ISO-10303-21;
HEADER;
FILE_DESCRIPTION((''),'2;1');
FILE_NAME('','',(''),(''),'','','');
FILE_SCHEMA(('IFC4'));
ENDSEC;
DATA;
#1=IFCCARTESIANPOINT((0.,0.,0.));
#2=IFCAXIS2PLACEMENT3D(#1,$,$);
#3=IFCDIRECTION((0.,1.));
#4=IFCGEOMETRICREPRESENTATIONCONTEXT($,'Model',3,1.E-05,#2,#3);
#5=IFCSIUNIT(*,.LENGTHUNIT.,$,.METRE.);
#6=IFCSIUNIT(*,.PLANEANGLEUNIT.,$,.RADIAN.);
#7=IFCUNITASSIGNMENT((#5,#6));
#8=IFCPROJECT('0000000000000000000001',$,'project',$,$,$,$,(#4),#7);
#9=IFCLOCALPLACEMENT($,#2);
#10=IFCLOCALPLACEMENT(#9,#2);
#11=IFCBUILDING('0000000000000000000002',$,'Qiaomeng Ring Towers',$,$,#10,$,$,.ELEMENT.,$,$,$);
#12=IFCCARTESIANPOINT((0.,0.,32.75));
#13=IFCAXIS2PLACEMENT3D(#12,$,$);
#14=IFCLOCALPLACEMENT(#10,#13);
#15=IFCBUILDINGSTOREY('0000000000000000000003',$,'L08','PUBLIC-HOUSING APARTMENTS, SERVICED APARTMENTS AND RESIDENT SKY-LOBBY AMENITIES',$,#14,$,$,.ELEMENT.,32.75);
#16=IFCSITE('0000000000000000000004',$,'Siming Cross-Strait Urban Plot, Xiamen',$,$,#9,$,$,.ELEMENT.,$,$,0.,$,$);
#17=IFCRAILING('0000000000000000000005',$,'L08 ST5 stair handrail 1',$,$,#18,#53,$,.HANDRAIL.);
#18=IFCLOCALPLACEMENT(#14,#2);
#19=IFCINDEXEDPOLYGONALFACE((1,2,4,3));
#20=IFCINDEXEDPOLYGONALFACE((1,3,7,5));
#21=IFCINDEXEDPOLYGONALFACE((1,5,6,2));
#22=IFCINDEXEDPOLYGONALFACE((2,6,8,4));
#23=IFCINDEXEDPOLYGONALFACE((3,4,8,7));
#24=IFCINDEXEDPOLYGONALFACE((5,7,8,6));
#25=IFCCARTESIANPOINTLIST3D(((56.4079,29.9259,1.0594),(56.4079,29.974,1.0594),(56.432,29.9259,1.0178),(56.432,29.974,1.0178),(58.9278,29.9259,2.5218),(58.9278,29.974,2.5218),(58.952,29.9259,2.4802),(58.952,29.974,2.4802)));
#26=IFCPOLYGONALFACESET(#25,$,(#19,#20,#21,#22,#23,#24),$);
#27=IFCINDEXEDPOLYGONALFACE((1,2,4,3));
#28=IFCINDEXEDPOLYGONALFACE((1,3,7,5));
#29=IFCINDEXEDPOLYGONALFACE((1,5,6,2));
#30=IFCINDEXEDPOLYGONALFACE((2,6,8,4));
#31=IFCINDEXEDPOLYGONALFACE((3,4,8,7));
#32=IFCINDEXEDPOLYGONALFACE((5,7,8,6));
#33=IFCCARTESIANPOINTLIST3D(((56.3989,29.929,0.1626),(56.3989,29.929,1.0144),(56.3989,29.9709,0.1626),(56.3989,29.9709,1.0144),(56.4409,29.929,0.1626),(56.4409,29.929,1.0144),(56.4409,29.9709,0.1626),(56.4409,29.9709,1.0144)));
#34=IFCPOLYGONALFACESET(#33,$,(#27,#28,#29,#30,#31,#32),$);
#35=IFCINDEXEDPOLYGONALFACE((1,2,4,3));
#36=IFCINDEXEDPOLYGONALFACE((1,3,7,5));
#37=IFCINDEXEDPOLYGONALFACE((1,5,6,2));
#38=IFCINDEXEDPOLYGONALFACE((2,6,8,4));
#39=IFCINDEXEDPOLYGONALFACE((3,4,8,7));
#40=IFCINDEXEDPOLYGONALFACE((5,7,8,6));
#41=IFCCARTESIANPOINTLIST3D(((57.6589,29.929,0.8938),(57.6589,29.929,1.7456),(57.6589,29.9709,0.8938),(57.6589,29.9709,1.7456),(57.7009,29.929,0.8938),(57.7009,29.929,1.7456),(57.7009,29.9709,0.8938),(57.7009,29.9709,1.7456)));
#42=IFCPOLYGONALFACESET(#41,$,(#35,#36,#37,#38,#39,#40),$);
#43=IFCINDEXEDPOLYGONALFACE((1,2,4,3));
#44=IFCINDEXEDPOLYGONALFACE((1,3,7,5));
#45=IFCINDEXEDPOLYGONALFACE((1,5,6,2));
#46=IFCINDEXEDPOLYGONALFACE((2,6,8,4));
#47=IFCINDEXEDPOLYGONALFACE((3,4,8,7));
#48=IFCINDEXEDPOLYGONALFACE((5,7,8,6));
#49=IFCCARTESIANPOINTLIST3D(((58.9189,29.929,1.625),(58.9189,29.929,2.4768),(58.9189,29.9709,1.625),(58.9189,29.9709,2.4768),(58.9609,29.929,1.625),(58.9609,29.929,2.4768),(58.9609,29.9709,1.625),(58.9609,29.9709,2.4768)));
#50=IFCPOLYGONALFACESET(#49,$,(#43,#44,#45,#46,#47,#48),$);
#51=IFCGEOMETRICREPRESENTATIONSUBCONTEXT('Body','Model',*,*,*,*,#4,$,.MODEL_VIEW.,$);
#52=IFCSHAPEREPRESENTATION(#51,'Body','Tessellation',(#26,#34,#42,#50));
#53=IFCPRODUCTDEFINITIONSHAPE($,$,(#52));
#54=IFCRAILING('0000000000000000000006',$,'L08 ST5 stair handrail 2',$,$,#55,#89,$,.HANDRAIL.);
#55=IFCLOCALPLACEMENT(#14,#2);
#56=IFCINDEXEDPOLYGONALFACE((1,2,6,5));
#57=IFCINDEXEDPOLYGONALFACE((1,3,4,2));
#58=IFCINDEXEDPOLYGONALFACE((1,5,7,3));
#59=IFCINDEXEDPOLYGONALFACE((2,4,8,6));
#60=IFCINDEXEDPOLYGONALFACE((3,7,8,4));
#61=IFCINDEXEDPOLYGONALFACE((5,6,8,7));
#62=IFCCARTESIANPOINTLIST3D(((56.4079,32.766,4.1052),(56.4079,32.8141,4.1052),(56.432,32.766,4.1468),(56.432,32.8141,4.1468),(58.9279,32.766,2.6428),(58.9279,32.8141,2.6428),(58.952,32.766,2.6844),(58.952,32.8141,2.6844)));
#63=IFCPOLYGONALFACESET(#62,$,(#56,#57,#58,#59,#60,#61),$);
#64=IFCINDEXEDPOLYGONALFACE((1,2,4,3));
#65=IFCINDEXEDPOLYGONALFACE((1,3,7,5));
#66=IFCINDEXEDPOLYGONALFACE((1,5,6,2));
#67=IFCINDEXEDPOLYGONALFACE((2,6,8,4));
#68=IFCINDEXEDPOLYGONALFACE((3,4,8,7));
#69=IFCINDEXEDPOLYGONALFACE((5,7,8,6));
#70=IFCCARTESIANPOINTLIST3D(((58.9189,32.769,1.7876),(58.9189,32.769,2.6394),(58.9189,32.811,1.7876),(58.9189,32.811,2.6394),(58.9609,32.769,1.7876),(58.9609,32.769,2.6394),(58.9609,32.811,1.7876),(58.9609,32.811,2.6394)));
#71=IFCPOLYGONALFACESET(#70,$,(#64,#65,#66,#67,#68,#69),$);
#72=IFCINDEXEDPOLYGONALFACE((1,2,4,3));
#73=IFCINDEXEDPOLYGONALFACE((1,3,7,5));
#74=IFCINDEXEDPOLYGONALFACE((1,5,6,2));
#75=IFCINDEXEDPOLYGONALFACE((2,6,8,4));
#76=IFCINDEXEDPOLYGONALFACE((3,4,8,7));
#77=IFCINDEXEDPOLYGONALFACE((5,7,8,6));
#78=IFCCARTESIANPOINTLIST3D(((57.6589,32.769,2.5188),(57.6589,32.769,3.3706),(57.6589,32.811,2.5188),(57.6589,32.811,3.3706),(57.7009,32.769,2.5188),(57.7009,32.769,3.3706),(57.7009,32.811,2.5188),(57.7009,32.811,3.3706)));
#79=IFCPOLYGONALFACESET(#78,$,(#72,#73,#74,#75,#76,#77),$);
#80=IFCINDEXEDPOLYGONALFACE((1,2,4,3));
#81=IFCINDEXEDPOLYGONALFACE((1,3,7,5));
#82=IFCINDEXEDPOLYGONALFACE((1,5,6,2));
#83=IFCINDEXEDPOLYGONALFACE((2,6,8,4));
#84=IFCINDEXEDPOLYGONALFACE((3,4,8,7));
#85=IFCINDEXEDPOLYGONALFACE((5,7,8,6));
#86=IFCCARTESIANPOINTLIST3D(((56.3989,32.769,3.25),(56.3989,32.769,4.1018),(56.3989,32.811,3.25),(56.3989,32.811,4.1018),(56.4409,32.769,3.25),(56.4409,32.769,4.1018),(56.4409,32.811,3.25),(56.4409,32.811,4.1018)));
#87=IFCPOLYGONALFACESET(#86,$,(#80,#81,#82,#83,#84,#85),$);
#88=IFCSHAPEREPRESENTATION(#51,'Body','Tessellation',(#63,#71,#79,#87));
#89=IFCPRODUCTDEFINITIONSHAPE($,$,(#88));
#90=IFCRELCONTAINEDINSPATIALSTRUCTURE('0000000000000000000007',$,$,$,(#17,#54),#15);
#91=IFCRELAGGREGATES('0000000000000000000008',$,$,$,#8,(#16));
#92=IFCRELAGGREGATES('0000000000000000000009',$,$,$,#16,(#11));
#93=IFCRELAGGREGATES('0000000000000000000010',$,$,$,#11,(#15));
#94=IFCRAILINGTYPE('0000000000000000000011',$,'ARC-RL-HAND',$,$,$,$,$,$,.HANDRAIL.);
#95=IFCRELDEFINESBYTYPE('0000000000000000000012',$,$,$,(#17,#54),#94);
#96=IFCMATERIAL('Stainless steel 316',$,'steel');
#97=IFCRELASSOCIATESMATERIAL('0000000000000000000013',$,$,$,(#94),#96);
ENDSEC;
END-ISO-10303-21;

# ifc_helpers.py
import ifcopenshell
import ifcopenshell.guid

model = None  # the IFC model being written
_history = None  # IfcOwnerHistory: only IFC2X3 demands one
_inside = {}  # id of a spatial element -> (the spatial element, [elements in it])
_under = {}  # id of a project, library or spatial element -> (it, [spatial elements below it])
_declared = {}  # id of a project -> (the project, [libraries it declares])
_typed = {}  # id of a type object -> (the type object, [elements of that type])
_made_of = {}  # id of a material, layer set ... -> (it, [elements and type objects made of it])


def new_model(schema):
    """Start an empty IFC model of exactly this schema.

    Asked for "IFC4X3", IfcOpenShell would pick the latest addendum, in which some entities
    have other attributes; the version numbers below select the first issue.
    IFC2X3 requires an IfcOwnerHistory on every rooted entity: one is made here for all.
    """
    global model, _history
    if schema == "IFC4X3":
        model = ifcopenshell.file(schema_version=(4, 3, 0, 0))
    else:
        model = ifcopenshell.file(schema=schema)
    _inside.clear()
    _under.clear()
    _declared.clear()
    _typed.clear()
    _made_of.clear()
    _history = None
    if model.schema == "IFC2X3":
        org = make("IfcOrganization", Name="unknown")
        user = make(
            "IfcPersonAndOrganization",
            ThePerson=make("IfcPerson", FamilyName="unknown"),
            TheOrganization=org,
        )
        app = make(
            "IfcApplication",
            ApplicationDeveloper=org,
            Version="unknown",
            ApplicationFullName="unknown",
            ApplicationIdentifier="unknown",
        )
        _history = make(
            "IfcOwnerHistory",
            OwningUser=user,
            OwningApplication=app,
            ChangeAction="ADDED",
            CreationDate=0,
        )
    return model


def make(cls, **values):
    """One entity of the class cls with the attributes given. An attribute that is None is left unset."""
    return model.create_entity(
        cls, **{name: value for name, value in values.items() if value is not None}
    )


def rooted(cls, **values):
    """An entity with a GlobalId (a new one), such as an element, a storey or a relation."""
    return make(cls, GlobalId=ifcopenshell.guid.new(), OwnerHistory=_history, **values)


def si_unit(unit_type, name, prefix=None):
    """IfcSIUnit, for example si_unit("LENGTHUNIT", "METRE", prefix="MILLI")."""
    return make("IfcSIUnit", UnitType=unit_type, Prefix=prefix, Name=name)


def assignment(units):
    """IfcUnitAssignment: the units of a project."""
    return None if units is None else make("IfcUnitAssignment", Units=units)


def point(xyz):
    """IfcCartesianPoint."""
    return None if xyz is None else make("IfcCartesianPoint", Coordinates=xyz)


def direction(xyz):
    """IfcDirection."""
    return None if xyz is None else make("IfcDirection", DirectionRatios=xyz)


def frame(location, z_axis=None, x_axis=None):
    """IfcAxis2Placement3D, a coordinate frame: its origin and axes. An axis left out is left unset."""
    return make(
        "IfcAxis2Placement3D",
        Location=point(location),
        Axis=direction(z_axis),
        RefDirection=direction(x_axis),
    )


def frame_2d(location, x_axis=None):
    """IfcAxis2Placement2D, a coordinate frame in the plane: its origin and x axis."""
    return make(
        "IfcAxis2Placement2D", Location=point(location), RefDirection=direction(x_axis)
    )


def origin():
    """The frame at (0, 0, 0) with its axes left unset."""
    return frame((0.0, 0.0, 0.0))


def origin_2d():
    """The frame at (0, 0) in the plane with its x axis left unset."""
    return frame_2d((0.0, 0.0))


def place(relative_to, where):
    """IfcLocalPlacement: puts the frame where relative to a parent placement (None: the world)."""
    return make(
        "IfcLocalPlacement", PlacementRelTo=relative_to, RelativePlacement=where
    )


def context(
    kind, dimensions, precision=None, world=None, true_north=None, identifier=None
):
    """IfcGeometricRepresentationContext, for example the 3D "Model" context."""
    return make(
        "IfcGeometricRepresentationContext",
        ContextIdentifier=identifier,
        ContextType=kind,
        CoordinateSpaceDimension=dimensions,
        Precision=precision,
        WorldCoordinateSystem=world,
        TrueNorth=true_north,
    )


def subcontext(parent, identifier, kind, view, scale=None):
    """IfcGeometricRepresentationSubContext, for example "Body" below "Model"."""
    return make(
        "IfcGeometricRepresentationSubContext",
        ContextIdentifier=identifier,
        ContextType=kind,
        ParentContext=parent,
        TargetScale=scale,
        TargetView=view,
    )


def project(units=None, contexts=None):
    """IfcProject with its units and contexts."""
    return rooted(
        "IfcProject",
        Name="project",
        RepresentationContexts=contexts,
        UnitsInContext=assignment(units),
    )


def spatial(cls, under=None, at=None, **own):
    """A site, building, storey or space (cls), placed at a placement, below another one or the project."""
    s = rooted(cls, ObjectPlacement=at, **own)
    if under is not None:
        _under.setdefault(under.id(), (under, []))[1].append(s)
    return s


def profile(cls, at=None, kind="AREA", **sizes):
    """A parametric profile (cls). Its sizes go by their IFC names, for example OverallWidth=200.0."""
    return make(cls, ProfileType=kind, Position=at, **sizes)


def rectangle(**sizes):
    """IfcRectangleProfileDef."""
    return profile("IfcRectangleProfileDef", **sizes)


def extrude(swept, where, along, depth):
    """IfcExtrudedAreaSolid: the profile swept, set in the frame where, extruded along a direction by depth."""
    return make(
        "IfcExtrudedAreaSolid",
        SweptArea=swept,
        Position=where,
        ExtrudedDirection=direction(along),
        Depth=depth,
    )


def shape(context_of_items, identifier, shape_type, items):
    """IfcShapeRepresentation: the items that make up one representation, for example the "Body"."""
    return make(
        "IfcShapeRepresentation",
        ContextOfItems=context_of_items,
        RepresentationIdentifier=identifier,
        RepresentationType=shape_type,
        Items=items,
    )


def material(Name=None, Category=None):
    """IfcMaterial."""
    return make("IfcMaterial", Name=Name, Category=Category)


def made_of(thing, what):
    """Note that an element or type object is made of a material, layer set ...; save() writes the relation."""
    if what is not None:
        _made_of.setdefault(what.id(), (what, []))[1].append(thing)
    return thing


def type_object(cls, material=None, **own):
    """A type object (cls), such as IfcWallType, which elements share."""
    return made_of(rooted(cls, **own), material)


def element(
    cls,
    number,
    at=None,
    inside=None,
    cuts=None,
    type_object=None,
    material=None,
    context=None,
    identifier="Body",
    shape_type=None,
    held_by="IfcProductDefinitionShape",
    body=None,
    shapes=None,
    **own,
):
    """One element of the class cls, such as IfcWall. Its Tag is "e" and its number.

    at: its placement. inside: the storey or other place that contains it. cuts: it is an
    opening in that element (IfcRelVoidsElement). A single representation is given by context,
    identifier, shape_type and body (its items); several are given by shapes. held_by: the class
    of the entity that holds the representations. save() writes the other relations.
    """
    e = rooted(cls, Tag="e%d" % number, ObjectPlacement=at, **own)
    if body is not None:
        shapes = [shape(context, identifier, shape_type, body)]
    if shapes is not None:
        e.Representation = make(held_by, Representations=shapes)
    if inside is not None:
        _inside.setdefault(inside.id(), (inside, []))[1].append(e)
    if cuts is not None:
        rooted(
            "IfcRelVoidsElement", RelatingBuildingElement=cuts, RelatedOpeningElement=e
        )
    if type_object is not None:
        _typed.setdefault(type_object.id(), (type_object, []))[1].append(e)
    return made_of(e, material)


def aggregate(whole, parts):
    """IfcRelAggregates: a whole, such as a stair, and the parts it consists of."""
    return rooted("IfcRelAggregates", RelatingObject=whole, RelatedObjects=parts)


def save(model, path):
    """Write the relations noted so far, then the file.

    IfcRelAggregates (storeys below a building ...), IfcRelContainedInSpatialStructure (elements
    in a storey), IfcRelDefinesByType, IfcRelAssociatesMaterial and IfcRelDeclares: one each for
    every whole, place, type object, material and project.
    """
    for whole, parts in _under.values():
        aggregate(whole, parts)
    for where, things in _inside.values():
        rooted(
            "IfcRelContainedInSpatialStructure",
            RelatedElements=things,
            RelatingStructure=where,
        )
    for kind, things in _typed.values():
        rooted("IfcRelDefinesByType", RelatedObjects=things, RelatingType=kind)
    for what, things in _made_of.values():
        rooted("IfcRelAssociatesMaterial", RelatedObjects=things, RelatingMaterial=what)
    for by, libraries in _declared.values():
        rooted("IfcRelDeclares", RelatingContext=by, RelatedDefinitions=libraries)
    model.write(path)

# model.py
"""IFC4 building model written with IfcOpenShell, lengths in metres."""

from ifc_helpers import new_model, si_unit, direction, frame, origin, origin_2d, place, context, subcontext, project, spatial, rectangle, extrude, material, type_object, element, save


model = new_model("IFC4")

# Units and contexts
model_context = context("Model", 3, precision=1e-05, world=origin(), true_north=direction((0.0, 1.0)))
body_context = subcontext(model_context, "Body", "Model", "MODEL_VIEW")
ifc_project = project(units=[si_unit("LENGTHUNIT", "METRE"), si_unit("PLANEANGLEUNIT", "RADIAN")], contexts=[model_context])

# Site, building, storey
site_placement = place(None, origin())
site = spatial("IfcSite", under=ifc_project, at=site_placement, Name="Siming Cross-Strait Urban Plot, Xiamen", CompositionType="ELEMENT", RefElevation=0.0)
building_placement = place(site_placement, origin())
building = spatial("IfcBuilding", under=site, at=building_placement, Name="Qiaomeng Ring Towers", CompositionType="ELEMENT")
storey_placement = place(building_placement, frame((0.0, 0.0, 32.75)))
storey = spatial("IfcBuildingStorey", under=building, at=storey_placement, Name="L08", Description="PUBLIC-HOUSING APARTMENTS, SERVICED APARTMENTS AND RESIDENT SKY-LOBBY AMENITIES", CompositionType="ELEMENT", Elevation=32.75)

# Shared definitions
ifc_material_1 = material(Name="Stainless steel 316", Category="steel")

# Railings
railing_type_1 = type_object("IfcRailingType", Name="ARC-RL-HAND", PredefinedType="HANDRAIL", material=ifc_material_1)
railing_1_placement = place(storey_placement, frame((56.4199, 29.95, 0.1626)))
element("IfcRailing", 1, at=railing_1_placement, inside=storey, type_object=railing_type_1, Name="L08 ST5 stair handrail 1", PredefinedType="HANDRAIL", context=body_context, shape_type="SweptSolid", body=[
    extrude(rectangle(XDim=0.0481, YDim=0.0481, at=origin_2d()), frame((0.0, 0.0, 0.876), z_axis=(0.864913, 0.0, 0.501921), x_axis=(0.0, 1.0, 0.0)), (0.0, 0.0, 1.0), 2.9136),
    extrude(rectangle(XDim=0.042, YDim=0.042, at=origin_2d()), origin(), (0.0, 0.0, 1.0), 0.8518),
    extrude(rectangle(XDim=0.042, YDim=0.042, at=origin_2d()), frame((1.26, 0.0, 0.7312)), (0.0, 0.0, 1.0), 0.8518),
    extrude(rectangle(XDim=0.042, YDim=0.042, at=origin_2d()), frame((2.52, 0.0, 1.4624)), (0.0, 0.0, 1.0), 0.8518),
])
railing_2_placement = place(storey_placement, frame((58.9399, 32.79, 1.7876)))
element("IfcRailing", 2, at=railing_2_placement, inside=storey, type_object=railing_type_1, Name="L08 ST5 stair handrail 2", PredefinedType="HANDRAIL", context=body_context, shape_type="SweptSolid", body=[
    extrude(rectangle(XDim=0.0481, YDim=0.0481, at=origin_2d()), frame((0.0, 0.0, 0.876), z_axis=(-0.864913, 0.0, 0.501921), x_axis=(0.0, -1.0, 0.0)), (0.0, 0.0, 1.0), 2.9136),
    extrude(rectangle(XDim=0.042, YDim=0.042, at=origin_2d()), origin(), (0.0, 0.0, 1.0), 0.8518),
    extrude(rectangle(XDim=0.042, YDim=0.042, at=origin_2d()), frame((-1.26, 0.0, 0.7312)), (0.0, 0.0, 1.0), 0.8518),
    extrude(rectangle(XDim=0.042, YDim=0.042, at=origin_2d()), frame((-2.52, 0.0, 1.4624)), (0.0, 0.0, 1.0), 0.8518),
])

save(model, "model.ifc")
